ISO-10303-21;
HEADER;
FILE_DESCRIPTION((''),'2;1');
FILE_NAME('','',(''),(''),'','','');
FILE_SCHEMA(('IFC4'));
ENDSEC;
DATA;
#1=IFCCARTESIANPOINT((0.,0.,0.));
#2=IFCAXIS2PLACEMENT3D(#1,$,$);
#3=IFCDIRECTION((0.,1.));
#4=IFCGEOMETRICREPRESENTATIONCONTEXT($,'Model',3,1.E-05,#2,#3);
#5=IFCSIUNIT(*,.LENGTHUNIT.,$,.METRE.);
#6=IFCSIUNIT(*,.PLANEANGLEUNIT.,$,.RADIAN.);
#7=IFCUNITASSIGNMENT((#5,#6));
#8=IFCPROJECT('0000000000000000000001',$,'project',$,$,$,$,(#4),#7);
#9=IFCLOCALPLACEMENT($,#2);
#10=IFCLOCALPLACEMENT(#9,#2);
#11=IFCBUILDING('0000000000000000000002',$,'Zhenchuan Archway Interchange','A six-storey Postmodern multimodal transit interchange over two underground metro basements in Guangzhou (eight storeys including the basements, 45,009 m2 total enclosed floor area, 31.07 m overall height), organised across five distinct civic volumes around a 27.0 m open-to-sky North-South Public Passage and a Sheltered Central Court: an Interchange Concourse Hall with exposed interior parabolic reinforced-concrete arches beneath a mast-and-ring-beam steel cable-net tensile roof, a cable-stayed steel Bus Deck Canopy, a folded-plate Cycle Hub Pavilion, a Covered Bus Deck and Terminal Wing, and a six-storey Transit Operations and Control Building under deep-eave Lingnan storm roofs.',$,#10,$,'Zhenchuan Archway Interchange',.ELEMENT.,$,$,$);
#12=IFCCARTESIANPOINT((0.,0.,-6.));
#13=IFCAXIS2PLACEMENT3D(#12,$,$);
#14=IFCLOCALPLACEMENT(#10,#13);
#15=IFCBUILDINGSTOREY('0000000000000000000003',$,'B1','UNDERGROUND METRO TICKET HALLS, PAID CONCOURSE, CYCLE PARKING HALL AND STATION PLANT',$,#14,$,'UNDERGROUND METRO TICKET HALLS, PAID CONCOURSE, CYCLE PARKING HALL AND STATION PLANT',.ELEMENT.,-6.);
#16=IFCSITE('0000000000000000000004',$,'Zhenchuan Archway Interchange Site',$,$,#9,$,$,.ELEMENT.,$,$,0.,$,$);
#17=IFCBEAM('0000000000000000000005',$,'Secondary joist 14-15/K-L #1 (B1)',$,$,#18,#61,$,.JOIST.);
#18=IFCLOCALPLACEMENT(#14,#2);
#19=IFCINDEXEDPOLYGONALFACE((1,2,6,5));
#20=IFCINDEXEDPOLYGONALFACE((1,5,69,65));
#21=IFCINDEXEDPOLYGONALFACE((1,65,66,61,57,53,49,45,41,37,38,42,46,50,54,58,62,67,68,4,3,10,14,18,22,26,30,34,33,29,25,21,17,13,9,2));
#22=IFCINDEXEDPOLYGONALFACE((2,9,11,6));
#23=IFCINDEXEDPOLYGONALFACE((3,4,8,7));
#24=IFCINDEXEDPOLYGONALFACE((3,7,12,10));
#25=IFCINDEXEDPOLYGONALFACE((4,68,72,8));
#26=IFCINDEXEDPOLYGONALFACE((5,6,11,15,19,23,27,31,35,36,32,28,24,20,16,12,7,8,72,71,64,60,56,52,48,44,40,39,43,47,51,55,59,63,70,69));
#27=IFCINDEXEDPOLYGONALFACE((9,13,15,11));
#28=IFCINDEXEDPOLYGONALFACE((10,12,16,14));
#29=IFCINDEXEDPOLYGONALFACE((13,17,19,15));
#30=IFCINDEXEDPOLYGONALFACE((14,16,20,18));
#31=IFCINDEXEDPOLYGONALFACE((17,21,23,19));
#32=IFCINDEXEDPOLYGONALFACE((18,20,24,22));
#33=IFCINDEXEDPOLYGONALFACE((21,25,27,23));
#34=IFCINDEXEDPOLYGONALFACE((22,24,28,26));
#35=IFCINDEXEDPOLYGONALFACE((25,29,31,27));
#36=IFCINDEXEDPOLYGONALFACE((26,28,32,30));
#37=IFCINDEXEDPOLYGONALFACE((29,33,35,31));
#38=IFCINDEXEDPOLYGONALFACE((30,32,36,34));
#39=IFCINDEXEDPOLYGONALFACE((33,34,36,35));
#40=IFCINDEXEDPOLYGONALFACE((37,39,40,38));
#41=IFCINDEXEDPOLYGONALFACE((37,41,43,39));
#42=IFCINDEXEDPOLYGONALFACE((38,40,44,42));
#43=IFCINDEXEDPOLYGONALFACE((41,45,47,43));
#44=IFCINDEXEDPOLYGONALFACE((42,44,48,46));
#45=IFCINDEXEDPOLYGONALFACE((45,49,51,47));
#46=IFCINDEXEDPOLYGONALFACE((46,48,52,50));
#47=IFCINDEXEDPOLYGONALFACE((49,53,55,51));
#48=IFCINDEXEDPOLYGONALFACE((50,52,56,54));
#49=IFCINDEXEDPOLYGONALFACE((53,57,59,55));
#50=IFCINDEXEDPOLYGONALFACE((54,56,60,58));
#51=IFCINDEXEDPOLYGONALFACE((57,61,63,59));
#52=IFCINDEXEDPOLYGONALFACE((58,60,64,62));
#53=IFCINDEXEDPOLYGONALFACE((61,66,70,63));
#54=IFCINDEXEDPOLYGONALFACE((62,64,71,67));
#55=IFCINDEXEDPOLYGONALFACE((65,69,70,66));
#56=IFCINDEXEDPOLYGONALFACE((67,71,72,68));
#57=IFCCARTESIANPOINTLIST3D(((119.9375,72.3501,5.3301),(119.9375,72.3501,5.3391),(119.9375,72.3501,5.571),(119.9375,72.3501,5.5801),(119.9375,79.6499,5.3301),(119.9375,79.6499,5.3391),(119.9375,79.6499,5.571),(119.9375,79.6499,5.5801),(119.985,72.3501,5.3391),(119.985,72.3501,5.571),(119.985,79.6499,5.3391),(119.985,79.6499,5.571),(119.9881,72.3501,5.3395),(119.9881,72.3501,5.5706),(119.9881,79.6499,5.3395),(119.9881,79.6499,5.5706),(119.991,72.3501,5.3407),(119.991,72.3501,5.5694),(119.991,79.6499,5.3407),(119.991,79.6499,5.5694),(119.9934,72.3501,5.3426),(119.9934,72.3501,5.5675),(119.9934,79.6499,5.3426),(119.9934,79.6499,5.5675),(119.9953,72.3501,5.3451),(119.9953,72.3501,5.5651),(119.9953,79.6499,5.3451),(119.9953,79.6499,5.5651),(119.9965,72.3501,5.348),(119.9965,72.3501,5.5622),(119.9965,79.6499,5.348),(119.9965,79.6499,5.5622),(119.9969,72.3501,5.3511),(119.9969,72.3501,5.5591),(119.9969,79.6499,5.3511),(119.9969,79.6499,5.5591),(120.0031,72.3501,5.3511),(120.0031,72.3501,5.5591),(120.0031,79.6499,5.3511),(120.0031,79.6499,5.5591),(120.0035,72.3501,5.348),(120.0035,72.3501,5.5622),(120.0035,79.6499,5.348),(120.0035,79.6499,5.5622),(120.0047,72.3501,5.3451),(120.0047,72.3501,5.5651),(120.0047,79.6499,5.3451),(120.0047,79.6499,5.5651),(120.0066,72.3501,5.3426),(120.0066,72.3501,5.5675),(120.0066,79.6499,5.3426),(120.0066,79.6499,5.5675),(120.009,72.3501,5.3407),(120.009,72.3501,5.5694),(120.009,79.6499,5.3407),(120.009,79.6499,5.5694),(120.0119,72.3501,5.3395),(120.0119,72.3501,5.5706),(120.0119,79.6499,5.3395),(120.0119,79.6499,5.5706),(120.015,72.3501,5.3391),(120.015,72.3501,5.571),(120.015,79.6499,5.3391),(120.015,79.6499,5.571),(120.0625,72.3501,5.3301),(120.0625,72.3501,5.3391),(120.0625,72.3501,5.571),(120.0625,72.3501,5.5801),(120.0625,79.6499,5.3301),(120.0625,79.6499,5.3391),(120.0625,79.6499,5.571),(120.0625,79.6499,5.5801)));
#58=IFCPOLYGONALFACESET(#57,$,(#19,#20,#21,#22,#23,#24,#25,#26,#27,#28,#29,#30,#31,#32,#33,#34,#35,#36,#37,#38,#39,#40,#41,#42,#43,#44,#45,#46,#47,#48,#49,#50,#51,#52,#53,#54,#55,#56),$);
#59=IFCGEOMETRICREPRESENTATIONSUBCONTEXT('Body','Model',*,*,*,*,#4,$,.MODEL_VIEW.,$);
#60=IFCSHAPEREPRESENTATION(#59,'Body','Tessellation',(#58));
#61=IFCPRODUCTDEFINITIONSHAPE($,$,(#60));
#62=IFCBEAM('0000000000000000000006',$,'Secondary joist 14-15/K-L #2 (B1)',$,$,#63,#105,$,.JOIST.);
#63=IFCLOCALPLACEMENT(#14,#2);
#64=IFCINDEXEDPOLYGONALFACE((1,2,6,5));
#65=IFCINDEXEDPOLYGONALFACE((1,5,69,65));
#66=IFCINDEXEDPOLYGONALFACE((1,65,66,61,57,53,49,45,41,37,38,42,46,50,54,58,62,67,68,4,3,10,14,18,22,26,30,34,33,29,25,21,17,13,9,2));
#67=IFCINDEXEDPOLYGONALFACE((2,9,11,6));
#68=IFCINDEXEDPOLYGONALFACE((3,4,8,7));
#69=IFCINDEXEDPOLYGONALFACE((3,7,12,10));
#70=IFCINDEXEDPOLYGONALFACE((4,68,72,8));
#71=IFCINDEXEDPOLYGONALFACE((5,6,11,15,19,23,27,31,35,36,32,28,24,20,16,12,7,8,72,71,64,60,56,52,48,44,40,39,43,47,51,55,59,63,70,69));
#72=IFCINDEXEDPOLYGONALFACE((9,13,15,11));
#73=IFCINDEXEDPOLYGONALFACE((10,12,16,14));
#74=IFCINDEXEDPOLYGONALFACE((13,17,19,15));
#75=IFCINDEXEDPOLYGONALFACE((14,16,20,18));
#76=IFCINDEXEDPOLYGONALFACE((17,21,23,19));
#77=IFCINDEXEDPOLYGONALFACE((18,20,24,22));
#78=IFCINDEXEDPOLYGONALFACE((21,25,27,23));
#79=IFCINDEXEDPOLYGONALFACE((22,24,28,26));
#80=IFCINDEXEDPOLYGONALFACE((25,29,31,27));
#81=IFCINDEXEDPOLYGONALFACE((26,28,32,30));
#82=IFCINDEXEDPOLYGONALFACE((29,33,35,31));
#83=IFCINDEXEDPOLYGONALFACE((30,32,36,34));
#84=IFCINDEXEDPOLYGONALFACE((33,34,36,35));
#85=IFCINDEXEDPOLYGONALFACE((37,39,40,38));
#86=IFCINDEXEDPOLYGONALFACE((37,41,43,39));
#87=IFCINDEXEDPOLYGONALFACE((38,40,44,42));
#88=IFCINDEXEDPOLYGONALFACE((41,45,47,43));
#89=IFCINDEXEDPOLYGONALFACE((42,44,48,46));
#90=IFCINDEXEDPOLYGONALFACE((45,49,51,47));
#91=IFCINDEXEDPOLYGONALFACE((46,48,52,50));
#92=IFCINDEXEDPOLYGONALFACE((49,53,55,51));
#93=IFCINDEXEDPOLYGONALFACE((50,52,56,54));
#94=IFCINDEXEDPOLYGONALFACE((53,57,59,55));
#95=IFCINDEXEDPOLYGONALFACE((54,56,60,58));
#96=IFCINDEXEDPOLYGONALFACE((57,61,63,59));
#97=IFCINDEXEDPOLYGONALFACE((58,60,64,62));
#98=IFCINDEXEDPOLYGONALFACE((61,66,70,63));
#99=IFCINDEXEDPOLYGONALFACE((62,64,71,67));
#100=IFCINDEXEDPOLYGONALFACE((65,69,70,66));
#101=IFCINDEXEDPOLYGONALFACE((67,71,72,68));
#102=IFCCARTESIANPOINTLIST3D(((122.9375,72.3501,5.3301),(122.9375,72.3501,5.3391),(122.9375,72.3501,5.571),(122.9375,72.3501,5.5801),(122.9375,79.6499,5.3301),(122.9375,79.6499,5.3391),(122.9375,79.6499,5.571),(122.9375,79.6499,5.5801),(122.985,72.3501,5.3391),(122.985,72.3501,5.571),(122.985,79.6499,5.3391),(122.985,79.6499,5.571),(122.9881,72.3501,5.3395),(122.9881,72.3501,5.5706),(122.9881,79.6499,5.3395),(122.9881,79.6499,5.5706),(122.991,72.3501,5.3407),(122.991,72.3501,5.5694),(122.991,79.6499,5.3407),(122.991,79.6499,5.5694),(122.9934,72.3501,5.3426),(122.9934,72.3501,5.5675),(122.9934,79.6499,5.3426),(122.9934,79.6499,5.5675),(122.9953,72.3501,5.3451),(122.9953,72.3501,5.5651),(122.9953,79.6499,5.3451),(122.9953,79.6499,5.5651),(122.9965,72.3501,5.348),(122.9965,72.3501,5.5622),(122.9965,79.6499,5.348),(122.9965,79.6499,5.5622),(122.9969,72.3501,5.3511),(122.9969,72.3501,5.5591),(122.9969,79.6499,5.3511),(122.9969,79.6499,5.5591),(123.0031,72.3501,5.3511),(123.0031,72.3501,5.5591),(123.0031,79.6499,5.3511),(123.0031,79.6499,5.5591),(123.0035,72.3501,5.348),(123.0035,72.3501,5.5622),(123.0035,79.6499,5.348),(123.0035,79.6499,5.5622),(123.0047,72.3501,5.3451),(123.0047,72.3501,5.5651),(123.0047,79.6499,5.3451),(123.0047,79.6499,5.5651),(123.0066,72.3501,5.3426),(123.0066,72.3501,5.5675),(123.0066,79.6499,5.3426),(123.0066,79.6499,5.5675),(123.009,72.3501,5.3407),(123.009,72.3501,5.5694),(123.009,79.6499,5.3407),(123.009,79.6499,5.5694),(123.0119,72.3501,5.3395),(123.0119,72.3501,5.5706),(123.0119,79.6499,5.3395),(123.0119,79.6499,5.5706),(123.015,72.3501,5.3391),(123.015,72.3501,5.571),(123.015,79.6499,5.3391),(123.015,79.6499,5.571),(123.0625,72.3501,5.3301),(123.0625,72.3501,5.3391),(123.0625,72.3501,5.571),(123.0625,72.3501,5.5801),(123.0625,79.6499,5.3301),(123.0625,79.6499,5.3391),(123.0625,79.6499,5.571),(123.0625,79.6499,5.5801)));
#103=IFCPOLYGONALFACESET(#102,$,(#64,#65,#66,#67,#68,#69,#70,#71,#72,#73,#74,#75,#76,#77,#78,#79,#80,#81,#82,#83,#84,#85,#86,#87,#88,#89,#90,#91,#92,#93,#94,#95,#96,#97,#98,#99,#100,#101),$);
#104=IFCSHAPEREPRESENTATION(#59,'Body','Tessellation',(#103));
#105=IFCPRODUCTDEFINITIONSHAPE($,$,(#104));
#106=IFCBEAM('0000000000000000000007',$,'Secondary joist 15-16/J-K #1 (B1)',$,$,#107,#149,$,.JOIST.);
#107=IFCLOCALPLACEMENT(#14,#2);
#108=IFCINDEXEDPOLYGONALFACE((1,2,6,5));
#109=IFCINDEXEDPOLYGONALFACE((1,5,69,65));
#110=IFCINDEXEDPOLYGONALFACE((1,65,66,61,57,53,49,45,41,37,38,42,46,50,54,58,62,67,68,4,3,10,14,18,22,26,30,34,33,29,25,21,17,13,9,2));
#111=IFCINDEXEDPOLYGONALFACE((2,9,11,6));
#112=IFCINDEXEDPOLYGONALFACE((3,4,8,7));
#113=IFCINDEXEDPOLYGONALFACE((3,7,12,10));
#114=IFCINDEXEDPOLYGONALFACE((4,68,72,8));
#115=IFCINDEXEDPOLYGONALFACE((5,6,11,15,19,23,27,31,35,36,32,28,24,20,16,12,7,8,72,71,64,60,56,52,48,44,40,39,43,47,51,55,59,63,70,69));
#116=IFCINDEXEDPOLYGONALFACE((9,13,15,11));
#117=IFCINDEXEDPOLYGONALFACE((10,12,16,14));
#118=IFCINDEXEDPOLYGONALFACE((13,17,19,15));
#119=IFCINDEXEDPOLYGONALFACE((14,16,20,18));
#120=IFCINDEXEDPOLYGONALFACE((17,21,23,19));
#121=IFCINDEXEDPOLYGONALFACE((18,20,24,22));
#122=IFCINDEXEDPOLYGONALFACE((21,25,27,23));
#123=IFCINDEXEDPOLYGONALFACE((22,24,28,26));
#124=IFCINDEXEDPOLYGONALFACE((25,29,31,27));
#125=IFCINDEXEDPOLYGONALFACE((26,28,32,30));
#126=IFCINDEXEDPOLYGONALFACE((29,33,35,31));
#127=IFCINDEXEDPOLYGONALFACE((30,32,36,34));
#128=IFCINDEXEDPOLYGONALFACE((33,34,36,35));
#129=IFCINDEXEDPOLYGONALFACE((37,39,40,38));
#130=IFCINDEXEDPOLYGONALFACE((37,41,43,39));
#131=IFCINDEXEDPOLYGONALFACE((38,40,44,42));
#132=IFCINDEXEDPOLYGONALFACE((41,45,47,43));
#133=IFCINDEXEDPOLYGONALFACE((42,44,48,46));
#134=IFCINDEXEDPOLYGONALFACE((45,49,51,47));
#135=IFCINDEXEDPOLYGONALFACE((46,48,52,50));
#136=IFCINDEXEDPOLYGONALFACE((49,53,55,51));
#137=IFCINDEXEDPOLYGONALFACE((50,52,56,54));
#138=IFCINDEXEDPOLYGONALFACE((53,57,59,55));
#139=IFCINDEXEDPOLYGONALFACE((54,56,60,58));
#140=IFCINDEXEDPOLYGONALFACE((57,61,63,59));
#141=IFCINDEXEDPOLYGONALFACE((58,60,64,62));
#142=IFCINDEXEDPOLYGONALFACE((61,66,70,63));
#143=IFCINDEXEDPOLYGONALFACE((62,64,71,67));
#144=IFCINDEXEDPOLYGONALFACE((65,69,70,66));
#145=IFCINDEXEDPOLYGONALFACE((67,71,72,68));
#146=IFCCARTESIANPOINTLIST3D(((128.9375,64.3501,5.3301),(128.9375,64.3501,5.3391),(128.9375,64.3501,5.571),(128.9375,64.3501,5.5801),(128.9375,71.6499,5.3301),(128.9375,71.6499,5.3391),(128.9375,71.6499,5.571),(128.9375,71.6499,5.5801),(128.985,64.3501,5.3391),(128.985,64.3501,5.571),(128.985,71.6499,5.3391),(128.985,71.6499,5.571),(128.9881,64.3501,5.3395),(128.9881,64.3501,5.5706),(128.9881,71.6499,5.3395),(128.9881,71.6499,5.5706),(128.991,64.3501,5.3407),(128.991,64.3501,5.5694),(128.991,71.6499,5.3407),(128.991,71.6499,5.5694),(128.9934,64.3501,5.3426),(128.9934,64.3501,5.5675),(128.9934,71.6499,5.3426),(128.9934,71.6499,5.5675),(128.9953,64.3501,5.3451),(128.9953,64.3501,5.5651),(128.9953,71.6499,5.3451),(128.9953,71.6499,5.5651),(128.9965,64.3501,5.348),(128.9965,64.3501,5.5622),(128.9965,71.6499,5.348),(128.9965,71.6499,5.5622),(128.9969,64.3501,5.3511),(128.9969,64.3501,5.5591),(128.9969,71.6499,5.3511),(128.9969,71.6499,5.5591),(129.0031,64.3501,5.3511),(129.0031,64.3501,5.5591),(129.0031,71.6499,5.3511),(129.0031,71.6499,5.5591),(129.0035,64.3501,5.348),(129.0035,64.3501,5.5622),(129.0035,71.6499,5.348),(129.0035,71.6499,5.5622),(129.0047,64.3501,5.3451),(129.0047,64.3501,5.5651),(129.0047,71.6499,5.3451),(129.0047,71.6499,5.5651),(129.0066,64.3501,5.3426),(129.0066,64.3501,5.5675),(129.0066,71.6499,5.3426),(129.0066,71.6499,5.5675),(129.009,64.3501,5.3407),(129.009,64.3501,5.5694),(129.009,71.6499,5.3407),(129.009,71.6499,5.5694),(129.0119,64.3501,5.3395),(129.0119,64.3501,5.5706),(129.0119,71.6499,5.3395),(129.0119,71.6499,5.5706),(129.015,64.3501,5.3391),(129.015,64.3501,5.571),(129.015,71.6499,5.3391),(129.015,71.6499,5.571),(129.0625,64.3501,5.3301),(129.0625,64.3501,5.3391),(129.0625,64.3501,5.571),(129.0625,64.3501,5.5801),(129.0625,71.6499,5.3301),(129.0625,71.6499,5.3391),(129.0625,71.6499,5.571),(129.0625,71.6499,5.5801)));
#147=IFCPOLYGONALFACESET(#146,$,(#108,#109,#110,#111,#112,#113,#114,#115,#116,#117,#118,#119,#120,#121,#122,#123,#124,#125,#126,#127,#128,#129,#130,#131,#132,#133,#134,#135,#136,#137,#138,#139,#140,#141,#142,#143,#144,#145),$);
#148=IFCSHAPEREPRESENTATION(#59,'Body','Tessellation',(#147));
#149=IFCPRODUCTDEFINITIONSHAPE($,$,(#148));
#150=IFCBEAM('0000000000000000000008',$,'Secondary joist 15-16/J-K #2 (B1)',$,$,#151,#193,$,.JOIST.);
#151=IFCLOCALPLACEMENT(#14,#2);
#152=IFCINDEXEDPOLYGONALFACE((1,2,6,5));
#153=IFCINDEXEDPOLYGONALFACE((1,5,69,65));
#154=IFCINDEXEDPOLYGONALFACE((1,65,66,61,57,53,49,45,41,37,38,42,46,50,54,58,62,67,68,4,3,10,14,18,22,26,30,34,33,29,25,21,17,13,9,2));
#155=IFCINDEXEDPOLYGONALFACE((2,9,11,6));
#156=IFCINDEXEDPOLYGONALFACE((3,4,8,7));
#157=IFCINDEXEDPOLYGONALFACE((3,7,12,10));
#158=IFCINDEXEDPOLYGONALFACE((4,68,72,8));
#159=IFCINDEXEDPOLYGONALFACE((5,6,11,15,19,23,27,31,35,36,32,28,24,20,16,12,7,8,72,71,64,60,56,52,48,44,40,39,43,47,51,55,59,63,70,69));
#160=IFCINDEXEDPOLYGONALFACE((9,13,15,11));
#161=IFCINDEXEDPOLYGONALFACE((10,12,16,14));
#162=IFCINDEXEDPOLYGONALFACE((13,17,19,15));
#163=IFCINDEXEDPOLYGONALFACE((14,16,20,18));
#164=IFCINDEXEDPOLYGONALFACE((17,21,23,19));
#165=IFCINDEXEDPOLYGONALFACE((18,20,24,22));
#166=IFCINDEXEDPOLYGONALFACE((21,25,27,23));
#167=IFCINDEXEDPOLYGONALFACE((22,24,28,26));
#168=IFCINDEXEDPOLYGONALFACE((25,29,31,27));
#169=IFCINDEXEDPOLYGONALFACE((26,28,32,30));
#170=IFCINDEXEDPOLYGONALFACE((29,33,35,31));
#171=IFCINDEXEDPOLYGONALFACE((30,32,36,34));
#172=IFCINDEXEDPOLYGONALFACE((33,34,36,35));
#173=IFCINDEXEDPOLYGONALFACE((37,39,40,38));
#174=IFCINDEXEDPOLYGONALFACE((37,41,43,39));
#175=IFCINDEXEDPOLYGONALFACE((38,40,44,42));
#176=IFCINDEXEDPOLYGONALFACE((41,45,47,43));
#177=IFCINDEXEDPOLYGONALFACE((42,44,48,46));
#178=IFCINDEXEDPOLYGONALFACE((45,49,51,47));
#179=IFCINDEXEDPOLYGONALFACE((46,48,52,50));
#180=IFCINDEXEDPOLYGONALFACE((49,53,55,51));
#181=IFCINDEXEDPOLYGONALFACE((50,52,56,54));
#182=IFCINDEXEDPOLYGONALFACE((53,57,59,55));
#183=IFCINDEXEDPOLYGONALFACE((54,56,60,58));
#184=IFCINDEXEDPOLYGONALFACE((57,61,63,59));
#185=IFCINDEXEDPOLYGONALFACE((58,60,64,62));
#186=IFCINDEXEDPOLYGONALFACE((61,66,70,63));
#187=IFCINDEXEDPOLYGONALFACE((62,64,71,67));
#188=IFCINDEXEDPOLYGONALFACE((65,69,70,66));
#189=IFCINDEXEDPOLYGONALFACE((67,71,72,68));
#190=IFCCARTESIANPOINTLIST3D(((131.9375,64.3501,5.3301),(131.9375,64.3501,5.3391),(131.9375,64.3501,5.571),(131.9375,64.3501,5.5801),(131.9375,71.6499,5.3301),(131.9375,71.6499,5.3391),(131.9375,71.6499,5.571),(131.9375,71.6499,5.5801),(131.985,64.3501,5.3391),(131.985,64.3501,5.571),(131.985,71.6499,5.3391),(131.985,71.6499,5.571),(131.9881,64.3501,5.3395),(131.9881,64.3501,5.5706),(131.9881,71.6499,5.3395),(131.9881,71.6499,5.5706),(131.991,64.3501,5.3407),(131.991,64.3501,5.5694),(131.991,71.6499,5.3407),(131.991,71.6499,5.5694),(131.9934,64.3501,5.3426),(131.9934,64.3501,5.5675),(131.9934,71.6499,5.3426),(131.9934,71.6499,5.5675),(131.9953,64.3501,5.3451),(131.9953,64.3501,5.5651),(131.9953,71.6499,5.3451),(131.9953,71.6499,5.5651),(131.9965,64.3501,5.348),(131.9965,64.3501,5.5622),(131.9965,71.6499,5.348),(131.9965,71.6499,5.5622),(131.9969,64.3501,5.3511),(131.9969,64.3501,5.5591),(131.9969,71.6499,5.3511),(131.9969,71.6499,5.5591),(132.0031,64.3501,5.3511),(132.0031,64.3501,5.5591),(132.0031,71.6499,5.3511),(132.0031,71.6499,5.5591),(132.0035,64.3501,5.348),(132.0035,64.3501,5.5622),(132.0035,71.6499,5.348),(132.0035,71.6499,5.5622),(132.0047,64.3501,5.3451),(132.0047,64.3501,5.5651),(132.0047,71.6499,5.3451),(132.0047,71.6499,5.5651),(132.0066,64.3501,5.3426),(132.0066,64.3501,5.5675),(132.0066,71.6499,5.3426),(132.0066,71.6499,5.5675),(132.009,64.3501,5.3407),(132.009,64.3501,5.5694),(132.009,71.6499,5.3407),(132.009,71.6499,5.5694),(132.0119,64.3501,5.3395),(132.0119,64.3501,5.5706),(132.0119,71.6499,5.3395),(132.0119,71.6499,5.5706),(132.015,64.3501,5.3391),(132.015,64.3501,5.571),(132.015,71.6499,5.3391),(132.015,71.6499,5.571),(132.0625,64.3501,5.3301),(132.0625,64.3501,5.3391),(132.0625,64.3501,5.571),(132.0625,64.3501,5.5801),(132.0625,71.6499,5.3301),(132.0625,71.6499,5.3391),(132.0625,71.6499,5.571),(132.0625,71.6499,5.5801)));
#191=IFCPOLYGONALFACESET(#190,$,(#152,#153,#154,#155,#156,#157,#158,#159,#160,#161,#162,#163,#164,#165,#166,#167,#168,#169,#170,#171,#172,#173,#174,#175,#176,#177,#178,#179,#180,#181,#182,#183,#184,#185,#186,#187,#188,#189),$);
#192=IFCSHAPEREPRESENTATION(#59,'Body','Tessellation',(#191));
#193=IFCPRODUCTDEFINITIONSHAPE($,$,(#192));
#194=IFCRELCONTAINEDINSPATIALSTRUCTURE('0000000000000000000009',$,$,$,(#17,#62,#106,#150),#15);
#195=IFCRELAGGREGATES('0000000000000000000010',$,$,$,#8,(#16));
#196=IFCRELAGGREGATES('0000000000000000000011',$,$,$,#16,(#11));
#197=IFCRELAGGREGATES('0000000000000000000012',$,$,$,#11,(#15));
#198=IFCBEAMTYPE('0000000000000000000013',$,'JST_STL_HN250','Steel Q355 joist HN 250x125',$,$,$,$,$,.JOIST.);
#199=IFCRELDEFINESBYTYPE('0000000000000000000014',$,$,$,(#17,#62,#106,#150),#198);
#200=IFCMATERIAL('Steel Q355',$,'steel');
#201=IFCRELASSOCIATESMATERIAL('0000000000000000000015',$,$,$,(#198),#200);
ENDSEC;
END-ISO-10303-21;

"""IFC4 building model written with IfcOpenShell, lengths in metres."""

from ifc_helpers import new_model, si_unit, direction, frame, origin, origin_2d, place, context, subcontext, project, spatial, i_section, extrude, material, material_profile, profile_set, type_object, element, save


model = new_model("IFC4")

# Units and contexts
model_context = context("Model", 3, precision=1e-05, world=origin(), true_north=direction((0.0, 1.0)))
body_context = subcontext(model_context, "Body", "Model", "MODEL_VIEW")
ifc_project = project(units=[si_unit("LENGTHUNIT", "METRE"), si_unit("PLANEANGLEUNIT", "RADIAN")], contexts=[model_context])

# Site, building, storey
site_placement = place(None, origin())
site = spatial("IfcSite", under=ifc_project, at=site_placement, Name="Zhenchuan Archway Interchange Site", CompositionType="ELEMENT", RefElevation=0.0)
building_placement = place(site_placement, origin())
building = spatial("IfcBuilding", under=site, at=building_placement, Name="Zhenchuan Archway Interchange", Description="A six-storey Postmodern multimodal transit interchange over two underground metro basements in Guangzhou (eight storeys including the basements, 45,009 m2 total enclosed floor area, 31.07 m overall height), organised across five distinct civic volumes around a 27.0 m open-to-sky North-South Public Passage and a Sheltered Central Court: an Interchange Concourse Hall with exposed interior parabolic reinforced-concrete arches beneath a mast-and-ring-beam steel cable-net tensile roof, a cable-stayed steel Bus Deck Canopy, a folded-plate Cycle Hub Pavilion, a Covered Bus Deck and Terminal Wing, and a six-storey Transit Operations and Control Building under deep-eave Lingnan storm roofs.", LongName="Zhenchuan Archway Interchange", CompositionType="ELEMENT")
storey_placement = place(building_placement, frame((0.0, 0.0, -6.0)))
storey = spatial("IfcBuildingStorey", under=building, at=storey_placement, Name="B1", Description="UNDERGROUND METRO TICKET HALLS, PAID CONCOURSE, CYCLE PARKING HALL AND STATION PLANT", LongName="UNDERGROUND METRO TICKET HALLS, PAID CONCOURSE, CYCLE PARKING HALL AND STATION PLANT", CompositionType="ELEMENT", Elevation=-6.0)

# Beams
ifc_material_1 = material(Name="Steel Q355", Category="steel")
ifc_material_profile_1 = material_profile(ifc_material_1, i_section(OverallWidth=0.125, OverallDepth=0.25, WebThickness=0.0061, FlangeThickness=0.009, FilletRadius=0.012, at=origin_2d()), Name="HN 250x125")
ifc_profile_set_1 = profile_set([ifc_material_profile_1], Name="Steel Q355")
beam_type_1 = type_object("IfcBeamType", Name="JST_STL_HN250", Description="Steel Q355 joist HN 250x125", PredefinedType="JOIST", material=ifc_profile_set_1)
for number, where, z_axis, x_axis, name in (
    (1, (120.0, 72.3501, 5.4551), (0.0, 1.0, 0.0), (-1.0, 0.0, 0.0), "Secondary joist 14-15/K-L #1 (B1)"),
    (2, (123.0, 72.3501, 5.4551), (0.0, 1.0, 0.0), (-1.0, 0.0, 0.0), "Secondary joist 14-15/K-L #2 (B1)"),
    (3, (129.0, 64.3501, 5.4551), (0.0, 1.0, 0.0), (-1.0, 0.0, 0.0), "Secondary joist 15-16/J-K #1 (B1)"),
    (4, (132.0, 64.3501, 5.4551), (0.0, 1.0, 0.0), (-1.0, 0.0, 0.0), "Secondary joist 15-16/J-K #2 (B1)"),
):
    element("IfcBeam", number, at=place(storey_placement, frame(where, z_axis=z_axis, x_axis=x_axis)), inside=storey, type_object=beam_type_1, Name=name, PredefinedType="JOIST", context=body_context, shape_type="SweptSolid", body=[
        extrude(i_section(OverallWidth=0.125, OverallDepth=0.25, WebThickness=0.0061, FlangeThickness=0.009, FilletRadius=0.012, at=origin_2d()), origin(), (0.0, 0.0, 1.0), 7.2998),
    ])

save(model, "model.ifc")
